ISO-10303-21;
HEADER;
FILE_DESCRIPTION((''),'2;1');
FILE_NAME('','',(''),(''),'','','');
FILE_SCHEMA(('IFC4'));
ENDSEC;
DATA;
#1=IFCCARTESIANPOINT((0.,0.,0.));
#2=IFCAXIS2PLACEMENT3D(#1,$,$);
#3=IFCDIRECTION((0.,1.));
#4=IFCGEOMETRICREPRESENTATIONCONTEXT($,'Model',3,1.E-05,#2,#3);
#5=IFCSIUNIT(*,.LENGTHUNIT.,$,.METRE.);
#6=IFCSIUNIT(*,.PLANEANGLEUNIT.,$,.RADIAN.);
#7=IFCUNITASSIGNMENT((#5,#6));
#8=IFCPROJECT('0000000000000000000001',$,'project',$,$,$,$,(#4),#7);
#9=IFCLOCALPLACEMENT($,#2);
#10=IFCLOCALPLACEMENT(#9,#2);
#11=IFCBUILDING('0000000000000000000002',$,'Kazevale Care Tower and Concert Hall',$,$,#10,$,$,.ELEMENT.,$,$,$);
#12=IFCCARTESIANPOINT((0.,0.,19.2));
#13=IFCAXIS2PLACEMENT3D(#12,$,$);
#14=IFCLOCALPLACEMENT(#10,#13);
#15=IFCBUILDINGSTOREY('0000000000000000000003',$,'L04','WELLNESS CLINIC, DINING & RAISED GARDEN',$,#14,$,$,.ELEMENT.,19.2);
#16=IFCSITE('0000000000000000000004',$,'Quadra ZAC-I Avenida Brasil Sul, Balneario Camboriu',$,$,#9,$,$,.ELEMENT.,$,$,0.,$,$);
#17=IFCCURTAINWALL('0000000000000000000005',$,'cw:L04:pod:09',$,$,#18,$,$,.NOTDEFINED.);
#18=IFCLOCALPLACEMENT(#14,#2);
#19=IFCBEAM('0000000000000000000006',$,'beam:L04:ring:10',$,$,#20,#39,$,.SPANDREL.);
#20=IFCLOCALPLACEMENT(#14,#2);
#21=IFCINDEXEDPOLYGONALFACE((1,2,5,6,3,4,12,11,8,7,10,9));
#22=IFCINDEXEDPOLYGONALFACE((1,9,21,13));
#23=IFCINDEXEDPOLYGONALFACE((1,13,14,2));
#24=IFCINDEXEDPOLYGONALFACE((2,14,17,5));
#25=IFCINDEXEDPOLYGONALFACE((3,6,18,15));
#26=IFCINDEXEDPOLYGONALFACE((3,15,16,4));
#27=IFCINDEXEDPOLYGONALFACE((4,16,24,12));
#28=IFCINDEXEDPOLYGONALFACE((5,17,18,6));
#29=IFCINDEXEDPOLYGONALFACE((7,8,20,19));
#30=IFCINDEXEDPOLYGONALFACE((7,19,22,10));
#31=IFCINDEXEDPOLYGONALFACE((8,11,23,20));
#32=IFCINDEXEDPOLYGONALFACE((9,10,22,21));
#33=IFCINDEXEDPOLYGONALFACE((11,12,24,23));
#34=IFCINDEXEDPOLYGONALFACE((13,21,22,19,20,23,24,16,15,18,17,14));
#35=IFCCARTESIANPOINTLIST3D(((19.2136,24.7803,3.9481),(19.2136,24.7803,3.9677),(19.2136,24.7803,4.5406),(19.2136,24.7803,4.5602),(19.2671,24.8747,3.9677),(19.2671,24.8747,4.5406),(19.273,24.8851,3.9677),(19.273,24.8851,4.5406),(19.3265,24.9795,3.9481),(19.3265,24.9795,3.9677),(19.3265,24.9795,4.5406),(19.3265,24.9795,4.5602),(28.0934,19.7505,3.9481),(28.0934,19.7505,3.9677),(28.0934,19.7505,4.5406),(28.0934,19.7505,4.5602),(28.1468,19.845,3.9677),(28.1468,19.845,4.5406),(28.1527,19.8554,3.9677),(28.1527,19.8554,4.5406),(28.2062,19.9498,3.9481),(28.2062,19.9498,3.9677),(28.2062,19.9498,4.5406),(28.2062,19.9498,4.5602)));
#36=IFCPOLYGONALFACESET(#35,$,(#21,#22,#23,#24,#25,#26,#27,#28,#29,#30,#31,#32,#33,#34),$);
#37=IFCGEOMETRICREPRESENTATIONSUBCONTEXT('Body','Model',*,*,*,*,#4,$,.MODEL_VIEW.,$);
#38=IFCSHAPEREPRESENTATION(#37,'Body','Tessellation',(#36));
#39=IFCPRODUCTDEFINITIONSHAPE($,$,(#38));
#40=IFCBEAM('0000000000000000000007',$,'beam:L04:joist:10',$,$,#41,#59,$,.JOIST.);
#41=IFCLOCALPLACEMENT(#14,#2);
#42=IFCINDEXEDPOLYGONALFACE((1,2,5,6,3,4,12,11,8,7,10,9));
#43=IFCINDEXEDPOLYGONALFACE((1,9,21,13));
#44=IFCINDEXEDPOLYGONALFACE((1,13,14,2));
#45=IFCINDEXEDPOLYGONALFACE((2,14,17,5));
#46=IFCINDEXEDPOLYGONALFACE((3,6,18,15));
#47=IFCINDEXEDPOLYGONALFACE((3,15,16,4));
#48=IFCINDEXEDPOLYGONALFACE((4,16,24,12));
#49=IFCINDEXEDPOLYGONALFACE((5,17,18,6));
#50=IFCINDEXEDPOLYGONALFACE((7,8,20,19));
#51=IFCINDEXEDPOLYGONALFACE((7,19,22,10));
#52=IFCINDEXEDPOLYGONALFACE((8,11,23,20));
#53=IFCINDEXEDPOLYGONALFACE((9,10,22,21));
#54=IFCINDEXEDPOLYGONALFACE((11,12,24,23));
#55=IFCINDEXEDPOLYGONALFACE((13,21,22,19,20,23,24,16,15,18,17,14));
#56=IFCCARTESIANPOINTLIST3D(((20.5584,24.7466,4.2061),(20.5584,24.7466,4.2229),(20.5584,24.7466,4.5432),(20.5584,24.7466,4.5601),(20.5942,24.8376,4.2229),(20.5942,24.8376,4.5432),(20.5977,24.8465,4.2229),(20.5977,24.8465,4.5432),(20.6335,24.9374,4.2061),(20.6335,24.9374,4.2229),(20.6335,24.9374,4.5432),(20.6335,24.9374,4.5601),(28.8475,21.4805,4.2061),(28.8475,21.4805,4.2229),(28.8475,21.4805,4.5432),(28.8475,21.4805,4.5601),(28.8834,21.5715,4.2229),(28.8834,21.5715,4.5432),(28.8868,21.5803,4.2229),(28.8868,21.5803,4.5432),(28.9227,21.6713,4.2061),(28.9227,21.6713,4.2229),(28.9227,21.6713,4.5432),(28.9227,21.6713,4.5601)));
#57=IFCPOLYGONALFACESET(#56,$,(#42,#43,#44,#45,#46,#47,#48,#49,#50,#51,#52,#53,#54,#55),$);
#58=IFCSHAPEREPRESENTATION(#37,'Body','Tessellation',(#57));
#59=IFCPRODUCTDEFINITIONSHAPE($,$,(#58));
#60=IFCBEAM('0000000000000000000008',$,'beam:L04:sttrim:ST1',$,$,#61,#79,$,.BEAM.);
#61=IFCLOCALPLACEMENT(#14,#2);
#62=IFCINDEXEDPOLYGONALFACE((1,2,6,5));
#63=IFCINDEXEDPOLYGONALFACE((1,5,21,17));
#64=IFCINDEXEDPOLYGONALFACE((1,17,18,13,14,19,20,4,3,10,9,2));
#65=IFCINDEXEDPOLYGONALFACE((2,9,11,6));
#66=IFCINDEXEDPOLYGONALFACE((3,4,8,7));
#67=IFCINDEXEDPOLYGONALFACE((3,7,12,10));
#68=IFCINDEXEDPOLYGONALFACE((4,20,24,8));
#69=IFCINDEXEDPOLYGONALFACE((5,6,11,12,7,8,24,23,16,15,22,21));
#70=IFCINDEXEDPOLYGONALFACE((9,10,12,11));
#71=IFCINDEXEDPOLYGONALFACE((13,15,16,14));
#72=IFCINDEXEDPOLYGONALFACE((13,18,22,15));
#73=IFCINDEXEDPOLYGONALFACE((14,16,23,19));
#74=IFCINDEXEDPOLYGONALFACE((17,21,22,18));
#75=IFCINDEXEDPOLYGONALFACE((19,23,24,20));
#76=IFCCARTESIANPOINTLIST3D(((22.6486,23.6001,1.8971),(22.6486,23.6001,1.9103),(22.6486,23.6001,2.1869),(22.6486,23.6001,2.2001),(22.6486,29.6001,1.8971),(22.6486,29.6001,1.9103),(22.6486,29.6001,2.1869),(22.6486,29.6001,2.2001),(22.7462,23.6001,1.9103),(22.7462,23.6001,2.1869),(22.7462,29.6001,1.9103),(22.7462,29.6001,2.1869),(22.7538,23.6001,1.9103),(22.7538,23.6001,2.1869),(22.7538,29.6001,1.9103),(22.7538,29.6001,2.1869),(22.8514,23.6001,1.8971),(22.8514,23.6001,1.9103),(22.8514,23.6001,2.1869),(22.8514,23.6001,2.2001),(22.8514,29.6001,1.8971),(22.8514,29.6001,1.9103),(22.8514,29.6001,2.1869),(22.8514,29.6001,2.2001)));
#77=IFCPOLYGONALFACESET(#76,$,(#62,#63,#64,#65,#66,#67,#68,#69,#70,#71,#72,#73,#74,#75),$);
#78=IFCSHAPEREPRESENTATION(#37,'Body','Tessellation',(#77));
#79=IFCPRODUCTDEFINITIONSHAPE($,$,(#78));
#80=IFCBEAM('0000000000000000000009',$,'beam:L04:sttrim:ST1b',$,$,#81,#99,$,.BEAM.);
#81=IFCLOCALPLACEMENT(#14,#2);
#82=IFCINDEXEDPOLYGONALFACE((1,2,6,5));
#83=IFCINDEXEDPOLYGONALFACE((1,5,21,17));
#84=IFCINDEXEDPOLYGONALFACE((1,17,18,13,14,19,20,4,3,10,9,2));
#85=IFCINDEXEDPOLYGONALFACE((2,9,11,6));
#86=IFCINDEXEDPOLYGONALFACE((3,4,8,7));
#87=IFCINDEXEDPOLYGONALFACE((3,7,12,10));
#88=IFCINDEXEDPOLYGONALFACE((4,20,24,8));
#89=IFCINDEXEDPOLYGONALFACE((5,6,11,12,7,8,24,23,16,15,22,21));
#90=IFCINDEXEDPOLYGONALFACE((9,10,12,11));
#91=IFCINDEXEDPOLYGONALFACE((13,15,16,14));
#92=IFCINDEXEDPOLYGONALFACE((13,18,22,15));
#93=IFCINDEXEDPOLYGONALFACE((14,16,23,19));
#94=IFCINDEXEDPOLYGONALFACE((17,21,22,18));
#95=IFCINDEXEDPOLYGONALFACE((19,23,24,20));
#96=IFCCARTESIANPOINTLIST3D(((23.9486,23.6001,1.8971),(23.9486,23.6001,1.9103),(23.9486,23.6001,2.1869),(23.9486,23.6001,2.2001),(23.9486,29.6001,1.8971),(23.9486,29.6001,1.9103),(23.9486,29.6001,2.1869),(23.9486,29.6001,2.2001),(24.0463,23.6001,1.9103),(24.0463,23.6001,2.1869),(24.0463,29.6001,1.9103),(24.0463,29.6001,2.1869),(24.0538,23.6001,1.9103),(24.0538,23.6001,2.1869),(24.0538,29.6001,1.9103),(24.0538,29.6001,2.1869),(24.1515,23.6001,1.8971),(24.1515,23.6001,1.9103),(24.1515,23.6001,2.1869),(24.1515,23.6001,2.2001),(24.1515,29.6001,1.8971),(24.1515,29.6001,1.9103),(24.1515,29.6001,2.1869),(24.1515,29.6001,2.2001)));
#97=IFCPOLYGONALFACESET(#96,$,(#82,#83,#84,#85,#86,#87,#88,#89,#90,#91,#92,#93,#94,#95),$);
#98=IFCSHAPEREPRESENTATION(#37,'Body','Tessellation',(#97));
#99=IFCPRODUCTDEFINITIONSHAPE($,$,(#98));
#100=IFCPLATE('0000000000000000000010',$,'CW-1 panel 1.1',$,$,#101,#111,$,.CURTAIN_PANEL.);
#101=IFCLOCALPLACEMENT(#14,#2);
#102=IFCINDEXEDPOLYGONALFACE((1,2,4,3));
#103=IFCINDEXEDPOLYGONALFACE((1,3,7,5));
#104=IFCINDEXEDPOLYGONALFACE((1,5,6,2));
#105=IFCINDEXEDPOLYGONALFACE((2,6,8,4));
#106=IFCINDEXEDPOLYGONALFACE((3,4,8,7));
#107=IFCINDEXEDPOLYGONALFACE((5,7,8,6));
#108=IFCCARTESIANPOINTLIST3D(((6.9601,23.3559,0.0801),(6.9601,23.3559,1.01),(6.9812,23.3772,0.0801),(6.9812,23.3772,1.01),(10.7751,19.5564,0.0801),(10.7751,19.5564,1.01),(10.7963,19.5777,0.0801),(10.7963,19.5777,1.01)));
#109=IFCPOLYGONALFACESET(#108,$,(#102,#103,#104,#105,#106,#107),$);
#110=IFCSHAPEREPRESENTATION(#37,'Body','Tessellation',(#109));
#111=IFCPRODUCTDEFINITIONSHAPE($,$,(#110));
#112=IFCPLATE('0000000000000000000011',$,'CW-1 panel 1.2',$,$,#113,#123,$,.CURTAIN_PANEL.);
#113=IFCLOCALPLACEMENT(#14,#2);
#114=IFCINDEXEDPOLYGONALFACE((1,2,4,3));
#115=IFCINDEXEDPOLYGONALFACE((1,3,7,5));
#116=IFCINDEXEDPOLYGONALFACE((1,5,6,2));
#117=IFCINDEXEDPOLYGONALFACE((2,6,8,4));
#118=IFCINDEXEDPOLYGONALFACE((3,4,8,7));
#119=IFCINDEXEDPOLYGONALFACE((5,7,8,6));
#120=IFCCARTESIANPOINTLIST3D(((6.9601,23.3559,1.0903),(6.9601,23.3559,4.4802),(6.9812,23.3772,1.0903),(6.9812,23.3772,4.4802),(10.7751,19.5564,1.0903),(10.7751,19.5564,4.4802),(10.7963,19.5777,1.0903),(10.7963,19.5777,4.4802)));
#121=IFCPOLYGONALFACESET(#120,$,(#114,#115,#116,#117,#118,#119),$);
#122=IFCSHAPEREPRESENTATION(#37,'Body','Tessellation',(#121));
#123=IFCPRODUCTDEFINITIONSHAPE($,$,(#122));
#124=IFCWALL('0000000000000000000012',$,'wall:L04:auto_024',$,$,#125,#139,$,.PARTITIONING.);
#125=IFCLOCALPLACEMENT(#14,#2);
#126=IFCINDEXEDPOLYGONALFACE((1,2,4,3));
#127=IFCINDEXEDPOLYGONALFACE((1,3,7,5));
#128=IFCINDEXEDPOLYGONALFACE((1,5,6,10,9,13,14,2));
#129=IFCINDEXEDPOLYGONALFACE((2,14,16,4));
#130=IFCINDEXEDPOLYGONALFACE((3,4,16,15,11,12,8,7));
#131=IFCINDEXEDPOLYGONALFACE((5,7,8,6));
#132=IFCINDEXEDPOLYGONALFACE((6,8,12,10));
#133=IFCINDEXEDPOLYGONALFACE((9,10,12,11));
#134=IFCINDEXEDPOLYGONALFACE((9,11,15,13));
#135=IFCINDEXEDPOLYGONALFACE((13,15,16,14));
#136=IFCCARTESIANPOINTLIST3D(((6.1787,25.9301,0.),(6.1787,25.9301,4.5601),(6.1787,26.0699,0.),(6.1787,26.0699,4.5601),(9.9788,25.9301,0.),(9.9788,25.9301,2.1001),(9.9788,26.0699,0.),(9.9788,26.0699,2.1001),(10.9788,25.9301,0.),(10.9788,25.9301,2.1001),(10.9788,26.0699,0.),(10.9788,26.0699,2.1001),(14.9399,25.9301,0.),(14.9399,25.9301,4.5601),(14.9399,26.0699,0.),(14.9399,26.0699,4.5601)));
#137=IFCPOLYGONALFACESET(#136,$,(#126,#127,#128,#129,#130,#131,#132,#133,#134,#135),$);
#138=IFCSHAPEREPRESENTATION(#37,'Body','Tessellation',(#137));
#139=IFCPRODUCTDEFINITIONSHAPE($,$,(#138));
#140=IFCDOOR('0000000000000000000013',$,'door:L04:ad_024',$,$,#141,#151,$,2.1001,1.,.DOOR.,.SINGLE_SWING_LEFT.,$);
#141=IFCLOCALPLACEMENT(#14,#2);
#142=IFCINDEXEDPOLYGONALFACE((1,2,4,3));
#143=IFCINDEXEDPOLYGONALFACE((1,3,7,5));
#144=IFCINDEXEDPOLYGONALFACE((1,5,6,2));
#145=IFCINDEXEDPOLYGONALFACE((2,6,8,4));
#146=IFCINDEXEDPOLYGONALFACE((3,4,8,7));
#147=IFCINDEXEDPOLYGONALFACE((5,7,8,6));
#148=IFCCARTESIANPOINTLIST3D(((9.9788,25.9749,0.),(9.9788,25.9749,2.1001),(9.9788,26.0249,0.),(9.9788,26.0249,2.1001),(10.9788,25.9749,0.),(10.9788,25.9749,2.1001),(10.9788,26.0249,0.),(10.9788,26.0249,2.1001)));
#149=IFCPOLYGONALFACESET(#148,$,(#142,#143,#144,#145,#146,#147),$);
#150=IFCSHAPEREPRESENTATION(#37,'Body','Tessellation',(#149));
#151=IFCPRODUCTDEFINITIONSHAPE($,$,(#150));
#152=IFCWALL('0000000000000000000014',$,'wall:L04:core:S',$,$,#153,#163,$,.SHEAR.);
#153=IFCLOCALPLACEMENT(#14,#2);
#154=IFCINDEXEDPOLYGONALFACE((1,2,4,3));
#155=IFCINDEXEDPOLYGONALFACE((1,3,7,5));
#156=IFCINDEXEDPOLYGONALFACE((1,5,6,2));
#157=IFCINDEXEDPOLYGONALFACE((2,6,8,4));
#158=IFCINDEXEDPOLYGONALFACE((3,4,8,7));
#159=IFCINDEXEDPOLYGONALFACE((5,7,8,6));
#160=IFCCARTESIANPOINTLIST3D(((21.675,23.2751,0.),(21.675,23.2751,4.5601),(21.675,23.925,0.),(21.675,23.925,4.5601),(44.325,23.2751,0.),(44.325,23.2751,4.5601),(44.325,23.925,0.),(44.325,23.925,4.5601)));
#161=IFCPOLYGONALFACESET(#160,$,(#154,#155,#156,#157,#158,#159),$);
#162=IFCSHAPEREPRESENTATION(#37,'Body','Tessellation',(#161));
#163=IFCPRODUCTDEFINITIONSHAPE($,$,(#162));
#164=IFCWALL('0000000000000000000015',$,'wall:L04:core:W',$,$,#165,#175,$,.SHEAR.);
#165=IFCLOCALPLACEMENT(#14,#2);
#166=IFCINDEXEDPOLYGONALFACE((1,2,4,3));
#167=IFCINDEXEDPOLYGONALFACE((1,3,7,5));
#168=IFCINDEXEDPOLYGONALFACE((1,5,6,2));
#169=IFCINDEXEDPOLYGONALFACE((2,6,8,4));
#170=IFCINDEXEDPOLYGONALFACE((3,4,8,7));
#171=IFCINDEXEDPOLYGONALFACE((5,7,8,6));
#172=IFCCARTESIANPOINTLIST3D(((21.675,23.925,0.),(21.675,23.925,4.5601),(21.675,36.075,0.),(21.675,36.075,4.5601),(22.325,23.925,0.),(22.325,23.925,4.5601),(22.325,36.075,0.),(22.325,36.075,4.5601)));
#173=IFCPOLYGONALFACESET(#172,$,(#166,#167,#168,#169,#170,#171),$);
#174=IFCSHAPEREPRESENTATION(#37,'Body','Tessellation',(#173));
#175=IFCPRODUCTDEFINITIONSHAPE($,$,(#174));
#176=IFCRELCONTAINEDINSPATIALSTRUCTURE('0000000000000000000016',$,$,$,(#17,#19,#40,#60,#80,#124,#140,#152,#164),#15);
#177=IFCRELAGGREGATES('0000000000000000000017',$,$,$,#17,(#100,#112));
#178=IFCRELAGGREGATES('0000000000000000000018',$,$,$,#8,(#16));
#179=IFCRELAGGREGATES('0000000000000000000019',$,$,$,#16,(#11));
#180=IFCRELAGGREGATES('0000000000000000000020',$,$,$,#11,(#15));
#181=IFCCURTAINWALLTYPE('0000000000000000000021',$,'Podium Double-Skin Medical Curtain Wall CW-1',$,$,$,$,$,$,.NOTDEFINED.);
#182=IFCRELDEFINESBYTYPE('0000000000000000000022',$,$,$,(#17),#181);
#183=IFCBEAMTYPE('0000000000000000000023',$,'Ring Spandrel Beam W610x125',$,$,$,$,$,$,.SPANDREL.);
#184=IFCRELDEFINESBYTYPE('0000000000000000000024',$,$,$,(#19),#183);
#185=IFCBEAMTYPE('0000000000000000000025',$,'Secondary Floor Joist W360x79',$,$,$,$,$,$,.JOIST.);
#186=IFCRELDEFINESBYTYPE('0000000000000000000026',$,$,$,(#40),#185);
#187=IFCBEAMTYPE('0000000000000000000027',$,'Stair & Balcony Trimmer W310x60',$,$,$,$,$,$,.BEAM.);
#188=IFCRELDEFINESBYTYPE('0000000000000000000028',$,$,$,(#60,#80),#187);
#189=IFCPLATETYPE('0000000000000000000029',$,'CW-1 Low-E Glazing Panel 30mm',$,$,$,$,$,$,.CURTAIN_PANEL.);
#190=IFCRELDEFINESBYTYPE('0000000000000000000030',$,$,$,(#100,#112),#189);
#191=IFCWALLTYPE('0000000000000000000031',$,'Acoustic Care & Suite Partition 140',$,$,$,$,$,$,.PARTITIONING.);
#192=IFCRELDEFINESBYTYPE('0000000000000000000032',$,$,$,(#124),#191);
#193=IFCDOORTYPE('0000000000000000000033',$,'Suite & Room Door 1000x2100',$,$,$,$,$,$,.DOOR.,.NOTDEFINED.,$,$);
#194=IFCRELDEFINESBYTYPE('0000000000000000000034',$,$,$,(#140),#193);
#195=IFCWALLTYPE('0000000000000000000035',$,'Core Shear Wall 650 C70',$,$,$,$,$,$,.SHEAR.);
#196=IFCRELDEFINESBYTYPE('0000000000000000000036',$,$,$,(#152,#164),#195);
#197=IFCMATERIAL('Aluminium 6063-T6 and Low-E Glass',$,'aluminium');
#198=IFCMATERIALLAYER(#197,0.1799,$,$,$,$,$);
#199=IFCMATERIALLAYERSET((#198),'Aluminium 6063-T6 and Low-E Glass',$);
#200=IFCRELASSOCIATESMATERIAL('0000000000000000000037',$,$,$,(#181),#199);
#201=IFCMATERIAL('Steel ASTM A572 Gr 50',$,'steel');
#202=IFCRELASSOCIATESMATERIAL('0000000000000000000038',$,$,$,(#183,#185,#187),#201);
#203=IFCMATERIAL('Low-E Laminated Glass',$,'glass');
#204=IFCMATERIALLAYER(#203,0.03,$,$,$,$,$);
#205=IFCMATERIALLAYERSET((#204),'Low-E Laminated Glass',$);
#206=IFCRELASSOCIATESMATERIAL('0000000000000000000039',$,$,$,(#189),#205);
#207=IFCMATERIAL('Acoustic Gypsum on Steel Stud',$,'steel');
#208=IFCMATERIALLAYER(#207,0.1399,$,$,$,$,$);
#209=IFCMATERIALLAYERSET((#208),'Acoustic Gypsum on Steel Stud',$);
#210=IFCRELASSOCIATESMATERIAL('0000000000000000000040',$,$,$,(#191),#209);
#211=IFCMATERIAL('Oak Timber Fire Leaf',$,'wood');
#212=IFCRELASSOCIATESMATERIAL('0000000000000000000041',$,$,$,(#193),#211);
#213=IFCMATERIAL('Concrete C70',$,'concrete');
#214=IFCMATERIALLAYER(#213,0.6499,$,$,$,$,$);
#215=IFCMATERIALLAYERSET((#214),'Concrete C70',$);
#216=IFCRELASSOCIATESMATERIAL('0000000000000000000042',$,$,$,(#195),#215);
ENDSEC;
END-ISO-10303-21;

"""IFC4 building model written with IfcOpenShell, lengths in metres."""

from ifc_helpers import new_model, si_unit, direction, frame, frame_2d, origin, origin_2d, place, context, subcontext, project, spatial, rectangle, i_section, extrude, material, layer, layer_set, material_profile, profile_set, type_object, element, fill, aggregate, save


model = new_model("IFC4")

# Units and contexts
model_context = context("Model", 3, precision=1e-05, world=origin(), true_north=direction((0.0, 1.0)))
body_context = subcontext(model_context, "Body", "Model", "MODEL_VIEW")
ifc_project = project(units=[si_unit("LENGTHUNIT", "METRE"), si_unit("PLANEANGLEUNIT", "RADIAN")], contexts=[model_context])

# Site, building, storey
site_placement = place(None, origin())
site = spatial("IfcSite", under=ifc_project, at=site_placement, Name="Quadra ZAC-I Avenida Brasil Sul, Balneario Camboriu", CompositionType="ELEMENT", RefElevation=0.0)
building_placement = place(site_placement, origin())
building = spatial("IfcBuilding", under=site, at=building_placement, Name="Kazevale Care Tower and Concert Hall", CompositionType="ELEMENT")
storey_placement = place(building_placement, frame((0.0, 0.0, 19.2)))
storey = spatial("IfcBuildingStorey", under=building, at=storey_placement, Name="L04", Description="WELLNESS CLINIC, DINING & RAISED GARDEN", CompositionType="ELEMENT", Elevation=19.2)

# Shared definitions
ifc_material_1 = material(Name="Concrete C70", Category="concrete")

# Curtain wall
ifc_material_2 = material(Name="Aluminium 6063-T6 and Low-E Glass", Category="aluminium")
ifc_layer_1 = layer(ifc_material_2, 0.1799)
ifc_layer_set_1 = layer_set([ifc_layer_1], Name="Aluminium 6063-T6 and Low-E Glass")
curtain_wall_type = type_object("IfcCurtainWallType", Name="Podium Double-Skin Medical Curtain Wall CW-1", PredefinedType="NOTDEFINED", material=ifc_layer_set_1)
curtain_wall_placement = place(storey_placement, origin())
curtain_wall = element("IfcCurtainWall", 1, at=curtain_wall_placement, inside=storey, type_object=curtain_wall_type, Name="cw:L04:pod:09", PredefinedType="NOTDEFINED")

# Beams
ifc_material_3 = material(Name="Steel ASTM A572 Gr 50", Category="steel")
ifc_material_profile_1 = material_profile(ifc_material_3, i_section(OverallWidth=0.229, OverallDepth=0.6121, WebThickness=0.012, FlangeThickness=0.0195, at=origin_2d()), Name="W610x125")
ifc_profile_set_1 = profile_set([ifc_material_profile_1], Name="Steel ASTM A572 Gr 50")
beam_type_1 = type_object("IfcBeamType", Name="Ring Spandrel Beam W610x125", PredefinedType="SPANDREL", material=ifc_profile_set_1)
beam_1_placement = place(storey_placement, frame((19.27, 24.8799, 4.2542), z_axis=(0.870112, -0.492853, 0.0), x_axis=(0.492853, 0.870112, 0.0)))
element("IfcBeam", 2, at=beam_1_placement, inside=storey, type_object=beam_type_1, Name="beam:L04:ring:10", PredefinedType="SPANDREL", context=body_context, shape_type="SweptSolid", body=[
    extrude(i_section(OverallWidth=0.229, OverallDepth=0.6121, WebThickness=0.012, FlangeThickness=0.0195, at=origin_2d()), origin(), (0.0, 0.0, 1.0), 10.2053),
])
ifc_material_profile_2 = material_profile(ifc_material_3, i_section(OverallWidth=0.2051, OverallDepth=0.354, WebThickness=0.0095, FlangeThickness=0.0168, at=origin_2d()), Name="W360x79")
ifc_profile_set_2 = profile_set([ifc_material_profile_2], Name="Steel ASTM A572 Gr 50")
beam_type_2 = type_object("IfcBeamType", Name="Secondary Floor Joist W360x79", PredefinedType="JOIST", material=ifc_profile_set_2)
beam_2_placement = place(storey_placement, frame((20.5959, 24.842, 4.3831), z_axis=(0.930381, -0.366595, 0.0), x_axis=(0.366595, 0.930381, 0.0)))
element("IfcBeam", 3, at=beam_2_placement, inside=storey, type_object=beam_type_2, Name="beam:L04:joist:10", PredefinedType="JOIST", context=body_context, shape_type="SweptSolid", body=[
    extrude(i_section(OverallWidth=0.2051, OverallDepth=0.354, WebThickness=0.0095, FlangeThickness=0.0168, at=origin_2d()), origin(), (0.0, 0.0, 1.0), 8.9094),
])
ifc_material_profile_3 = material_profile(ifc_material_3, i_section(OverallWidth=0.2029, OverallDepth=0.303, WebThickness=0.0076, FlangeThickness=0.0132, at=origin_2d()), Name="W310x60")
ifc_profile_set_3 = profile_set([ifc_material_profile_3], Name="Steel ASTM A572 Gr 50")
beam_type_3 = type_object("IfcBeamType", Name="Stair & Balcony Trimmer W310x60", PredefinedType="BEAM", material=ifc_profile_set_3)
for number, where, z_axis, x_axis, name in (
    (4, (22.75, 23.6001, 2.0486), (0.0, 1.0, 0.0), (-1.0, 0.0, 0.0), "beam:L04:sttrim:ST1"),
    (5, (24.05, 23.6001, 2.0486), (0.0, 1.0, 0.0), (-1.0, 0.0, 0.0), "beam:L04:sttrim:ST1b"),
):
    element("IfcBeam", number, at=place(storey_placement, frame(where, z_axis=z_axis, x_axis=x_axis)), inside=storey, type_object=beam_type_3, Name=name, PredefinedType="BEAM", context=body_context, shape_type="SweptSolid", body=[
        extrude(i_section(OverallWidth=0.2029, OverallDepth=0.303, WebThickness=0.0076, FlangeThickness=0.0132, at=origin_2d()), origin(), (0.0, 0.0, 1.0), 6.0),
    ])

# Plates
ifc_material_4 = material(Name="Low-E Laminated Glass", Category="glass")
ifc_layer_2 = layer(ifc_material_4, 0.03)
ifc_layer_set_2 = layer_set([ifc_layer_2], Name="Low-E Laminated Glass")
plate_type = type_object("IfcPlateType", Name="CW-1 Low-E Glazing Panel 30mm", PredefinedType="CURTAIN_PANEL", material=ifc_layer_set_2)
plate_1_placement = place(storey_placement, frame((8.8782, 21.4668, 0.0801), z_axis=(0.0, 0.0, 1.0), x_axis=(0.708555, -0.705656, 0.0)))
plate_1 = element("IfcPlate", 6, at=plate_1_placement, type_object=plate_type, Name="CW-1 panel 1.1", PredefinedType="CURTAIN_PANEL", context=body_context, shape_type="SweptSolid", body=[
    extrude(rectangle(XDim=5.3843, YDim=0.03, at=origin_2d()), origin(), (0.0, 0.0, 1.0), 0.9299),
])
plate_2_placement = place(storey_placement, frame((8.8782, 21.4668, 1.0903), z_axis=(0.0, 0.0, 1.0), x_axis=(0.708555, -0.705656, 0.0)))
plate_2 = element("IfcPlate", 7, at=plate_2_placement, type_object=plate_type, Name="CW-1 panel 1.2", PredefinedType="CURTAIN_PANEL", context=body_context, shape_type="SweptSolid", body=[
    extrude(rectangle(XDim=5.3843, YDim=0.03, at=origin_2d()), origin(), (0.0, 0.0, 1.0), 3.3899),
])
aggregate(curtain_wall, [plate_1, plate_2])

# Wall, opening, door
ifc_material_5 = material(Name="Acoustic Gypsum on Steel Stud", Category="steel")
ifc_layer_3 = layer(ifc_material_5, 0.1399)
ifc_layer_set_3 = layer_set([ifc_layer_3], Name="Acoustic Gypsum on Steel Stud")
wall_type_1 = type_object("IfcWallType", Name="Acoustic Care & Suite Partition 140", PredefinedType="PARTITIONING", material=ifc_layer_set_3)
wall_1_placement = place(storey_placement, frame((6.1787, 26.0, 0.0), z_axis=(0.0, 0.0, 1.0), x_axis=(1.0, 0.0, 0.0)))
wall_1 = element("IfcWall", 8, at=wall_1_placement, inside=storey, type_object=wall_type_1, Name="wall:L04:auto_024", PredefinedType="PARTITIONING", context=body_context, shape_type="SweptSolid", body=[
    extrude(rectangle(XDim=8.7612, YDim=0.1399, at=frame_2d((4.3806, 0.0))), origin(), (0.0, 0.0, 1.0), 4.5601),
])
opening_1_placement = place(wall_1_placement, frame((3.8, 0.0, 0.0)))
opening_1 = element("IfcOpeningElement", 9, at=opening_1_placement, cuts=wall_1, PredefinedType="OPENING", context=body_context, shape_type="SweptSolid", body=[
    extrude(rectangle(XDim=1.0, YDim=2.1001, at=frame_2d((0.5, 1.05))), frame((0.0, 0.0798, 0.0), z_axis=(0.0, -1.0, 0.0), x_axis=(1.0, 0.0, 0.0)), (0.0, 0.0, 1.0), 0.1599),
])
ifc_material_6 = material(Name="Oak Timber Fire Leaf", Category="wood")
door_type_1 = type_object("IfcDoorType", Name="Suite & Room Door 1000x2100", OperationType="NOTDEFINED", PredefinedType="DOOR", material=ifc_material_6)
door_1_placement = place(opening_1_placement, origin())
door_1 = element("IfcDoor", 10, at=door_1_placement, inside=storey, type_object=door_type_1, Name="door:L04:ad_024", OperationType="SINGLE_SWING_LEFT", OverallHeight=2.1001, OverallWidth=1.0, PredefinedType="DOOR", context=body_context, shape_type="SweptSolid", body=[
    extrude(rectangle(XDim=1.0, YDim=2.1001, at=frame_2d((0.5, 1.05))), frame((0.0, 0.0249, 0.0), z_axis=(0.0, -1.0, 0.0), x_axis=(1.0, 0.0, 0.0)), (0.0, 0.0, 1.0), 0.05),
])
fill(opening_1, door_1)

# Walls
ifc_layer_4 = layer(ifc_material_1, 0.6499)
ifc_layer_set_4 = layer_set([ifc_layer_4], Name="Concrete C70")
wall_type_2 = type_object("IfcWallType", Name="Core Shear Wall 650 C70", PredefinedType="SHEAR", material=ifc_layer_set_4)
wall_2_placement = place(storey_placement, frame((21.675, 23.6001, 0.0), z_axis=(0.0, 0.0, 1.0), x_axis=(1.0, 0.0, 0.0)))
element("IfcWall", 11, at=wall_2_placement, inside=storey, type_object=wall_type_2, Name="wall:L04:core:S", PredefinedType="SHEAR", context=body_context, shape_type="SweptSolid", body=[
    extrude(rectangle(XDim=22.6499, YDim=0.6499, at=frame_2d((11.325, 0.0))), origin(), (0.0, 0.0, 1.0), 4.5601),
])
wall_3_placement = place(storey_placement, frame((22.0, 23.925, 0.0), z_axis=(0.0, 0.0, 1.0), x_axis=(0.0, 1.0, 0.0)))
element("IfcWall", 12, at=wall_3_placement, inside=storey, type_object=wall_type_2, Name="wall:L04:core:W", PredefinedType="SHEAR", context=body_context, shape_type="SweptSolid", body=[
    extrude(rectangle(XDim=12.1499, YDim=0.6499, at=frame_2d((6.075, 0.0))), origin(), (0.0, 0.0, 1.0), 4.5601),
])

save(model, "model.ifc")
